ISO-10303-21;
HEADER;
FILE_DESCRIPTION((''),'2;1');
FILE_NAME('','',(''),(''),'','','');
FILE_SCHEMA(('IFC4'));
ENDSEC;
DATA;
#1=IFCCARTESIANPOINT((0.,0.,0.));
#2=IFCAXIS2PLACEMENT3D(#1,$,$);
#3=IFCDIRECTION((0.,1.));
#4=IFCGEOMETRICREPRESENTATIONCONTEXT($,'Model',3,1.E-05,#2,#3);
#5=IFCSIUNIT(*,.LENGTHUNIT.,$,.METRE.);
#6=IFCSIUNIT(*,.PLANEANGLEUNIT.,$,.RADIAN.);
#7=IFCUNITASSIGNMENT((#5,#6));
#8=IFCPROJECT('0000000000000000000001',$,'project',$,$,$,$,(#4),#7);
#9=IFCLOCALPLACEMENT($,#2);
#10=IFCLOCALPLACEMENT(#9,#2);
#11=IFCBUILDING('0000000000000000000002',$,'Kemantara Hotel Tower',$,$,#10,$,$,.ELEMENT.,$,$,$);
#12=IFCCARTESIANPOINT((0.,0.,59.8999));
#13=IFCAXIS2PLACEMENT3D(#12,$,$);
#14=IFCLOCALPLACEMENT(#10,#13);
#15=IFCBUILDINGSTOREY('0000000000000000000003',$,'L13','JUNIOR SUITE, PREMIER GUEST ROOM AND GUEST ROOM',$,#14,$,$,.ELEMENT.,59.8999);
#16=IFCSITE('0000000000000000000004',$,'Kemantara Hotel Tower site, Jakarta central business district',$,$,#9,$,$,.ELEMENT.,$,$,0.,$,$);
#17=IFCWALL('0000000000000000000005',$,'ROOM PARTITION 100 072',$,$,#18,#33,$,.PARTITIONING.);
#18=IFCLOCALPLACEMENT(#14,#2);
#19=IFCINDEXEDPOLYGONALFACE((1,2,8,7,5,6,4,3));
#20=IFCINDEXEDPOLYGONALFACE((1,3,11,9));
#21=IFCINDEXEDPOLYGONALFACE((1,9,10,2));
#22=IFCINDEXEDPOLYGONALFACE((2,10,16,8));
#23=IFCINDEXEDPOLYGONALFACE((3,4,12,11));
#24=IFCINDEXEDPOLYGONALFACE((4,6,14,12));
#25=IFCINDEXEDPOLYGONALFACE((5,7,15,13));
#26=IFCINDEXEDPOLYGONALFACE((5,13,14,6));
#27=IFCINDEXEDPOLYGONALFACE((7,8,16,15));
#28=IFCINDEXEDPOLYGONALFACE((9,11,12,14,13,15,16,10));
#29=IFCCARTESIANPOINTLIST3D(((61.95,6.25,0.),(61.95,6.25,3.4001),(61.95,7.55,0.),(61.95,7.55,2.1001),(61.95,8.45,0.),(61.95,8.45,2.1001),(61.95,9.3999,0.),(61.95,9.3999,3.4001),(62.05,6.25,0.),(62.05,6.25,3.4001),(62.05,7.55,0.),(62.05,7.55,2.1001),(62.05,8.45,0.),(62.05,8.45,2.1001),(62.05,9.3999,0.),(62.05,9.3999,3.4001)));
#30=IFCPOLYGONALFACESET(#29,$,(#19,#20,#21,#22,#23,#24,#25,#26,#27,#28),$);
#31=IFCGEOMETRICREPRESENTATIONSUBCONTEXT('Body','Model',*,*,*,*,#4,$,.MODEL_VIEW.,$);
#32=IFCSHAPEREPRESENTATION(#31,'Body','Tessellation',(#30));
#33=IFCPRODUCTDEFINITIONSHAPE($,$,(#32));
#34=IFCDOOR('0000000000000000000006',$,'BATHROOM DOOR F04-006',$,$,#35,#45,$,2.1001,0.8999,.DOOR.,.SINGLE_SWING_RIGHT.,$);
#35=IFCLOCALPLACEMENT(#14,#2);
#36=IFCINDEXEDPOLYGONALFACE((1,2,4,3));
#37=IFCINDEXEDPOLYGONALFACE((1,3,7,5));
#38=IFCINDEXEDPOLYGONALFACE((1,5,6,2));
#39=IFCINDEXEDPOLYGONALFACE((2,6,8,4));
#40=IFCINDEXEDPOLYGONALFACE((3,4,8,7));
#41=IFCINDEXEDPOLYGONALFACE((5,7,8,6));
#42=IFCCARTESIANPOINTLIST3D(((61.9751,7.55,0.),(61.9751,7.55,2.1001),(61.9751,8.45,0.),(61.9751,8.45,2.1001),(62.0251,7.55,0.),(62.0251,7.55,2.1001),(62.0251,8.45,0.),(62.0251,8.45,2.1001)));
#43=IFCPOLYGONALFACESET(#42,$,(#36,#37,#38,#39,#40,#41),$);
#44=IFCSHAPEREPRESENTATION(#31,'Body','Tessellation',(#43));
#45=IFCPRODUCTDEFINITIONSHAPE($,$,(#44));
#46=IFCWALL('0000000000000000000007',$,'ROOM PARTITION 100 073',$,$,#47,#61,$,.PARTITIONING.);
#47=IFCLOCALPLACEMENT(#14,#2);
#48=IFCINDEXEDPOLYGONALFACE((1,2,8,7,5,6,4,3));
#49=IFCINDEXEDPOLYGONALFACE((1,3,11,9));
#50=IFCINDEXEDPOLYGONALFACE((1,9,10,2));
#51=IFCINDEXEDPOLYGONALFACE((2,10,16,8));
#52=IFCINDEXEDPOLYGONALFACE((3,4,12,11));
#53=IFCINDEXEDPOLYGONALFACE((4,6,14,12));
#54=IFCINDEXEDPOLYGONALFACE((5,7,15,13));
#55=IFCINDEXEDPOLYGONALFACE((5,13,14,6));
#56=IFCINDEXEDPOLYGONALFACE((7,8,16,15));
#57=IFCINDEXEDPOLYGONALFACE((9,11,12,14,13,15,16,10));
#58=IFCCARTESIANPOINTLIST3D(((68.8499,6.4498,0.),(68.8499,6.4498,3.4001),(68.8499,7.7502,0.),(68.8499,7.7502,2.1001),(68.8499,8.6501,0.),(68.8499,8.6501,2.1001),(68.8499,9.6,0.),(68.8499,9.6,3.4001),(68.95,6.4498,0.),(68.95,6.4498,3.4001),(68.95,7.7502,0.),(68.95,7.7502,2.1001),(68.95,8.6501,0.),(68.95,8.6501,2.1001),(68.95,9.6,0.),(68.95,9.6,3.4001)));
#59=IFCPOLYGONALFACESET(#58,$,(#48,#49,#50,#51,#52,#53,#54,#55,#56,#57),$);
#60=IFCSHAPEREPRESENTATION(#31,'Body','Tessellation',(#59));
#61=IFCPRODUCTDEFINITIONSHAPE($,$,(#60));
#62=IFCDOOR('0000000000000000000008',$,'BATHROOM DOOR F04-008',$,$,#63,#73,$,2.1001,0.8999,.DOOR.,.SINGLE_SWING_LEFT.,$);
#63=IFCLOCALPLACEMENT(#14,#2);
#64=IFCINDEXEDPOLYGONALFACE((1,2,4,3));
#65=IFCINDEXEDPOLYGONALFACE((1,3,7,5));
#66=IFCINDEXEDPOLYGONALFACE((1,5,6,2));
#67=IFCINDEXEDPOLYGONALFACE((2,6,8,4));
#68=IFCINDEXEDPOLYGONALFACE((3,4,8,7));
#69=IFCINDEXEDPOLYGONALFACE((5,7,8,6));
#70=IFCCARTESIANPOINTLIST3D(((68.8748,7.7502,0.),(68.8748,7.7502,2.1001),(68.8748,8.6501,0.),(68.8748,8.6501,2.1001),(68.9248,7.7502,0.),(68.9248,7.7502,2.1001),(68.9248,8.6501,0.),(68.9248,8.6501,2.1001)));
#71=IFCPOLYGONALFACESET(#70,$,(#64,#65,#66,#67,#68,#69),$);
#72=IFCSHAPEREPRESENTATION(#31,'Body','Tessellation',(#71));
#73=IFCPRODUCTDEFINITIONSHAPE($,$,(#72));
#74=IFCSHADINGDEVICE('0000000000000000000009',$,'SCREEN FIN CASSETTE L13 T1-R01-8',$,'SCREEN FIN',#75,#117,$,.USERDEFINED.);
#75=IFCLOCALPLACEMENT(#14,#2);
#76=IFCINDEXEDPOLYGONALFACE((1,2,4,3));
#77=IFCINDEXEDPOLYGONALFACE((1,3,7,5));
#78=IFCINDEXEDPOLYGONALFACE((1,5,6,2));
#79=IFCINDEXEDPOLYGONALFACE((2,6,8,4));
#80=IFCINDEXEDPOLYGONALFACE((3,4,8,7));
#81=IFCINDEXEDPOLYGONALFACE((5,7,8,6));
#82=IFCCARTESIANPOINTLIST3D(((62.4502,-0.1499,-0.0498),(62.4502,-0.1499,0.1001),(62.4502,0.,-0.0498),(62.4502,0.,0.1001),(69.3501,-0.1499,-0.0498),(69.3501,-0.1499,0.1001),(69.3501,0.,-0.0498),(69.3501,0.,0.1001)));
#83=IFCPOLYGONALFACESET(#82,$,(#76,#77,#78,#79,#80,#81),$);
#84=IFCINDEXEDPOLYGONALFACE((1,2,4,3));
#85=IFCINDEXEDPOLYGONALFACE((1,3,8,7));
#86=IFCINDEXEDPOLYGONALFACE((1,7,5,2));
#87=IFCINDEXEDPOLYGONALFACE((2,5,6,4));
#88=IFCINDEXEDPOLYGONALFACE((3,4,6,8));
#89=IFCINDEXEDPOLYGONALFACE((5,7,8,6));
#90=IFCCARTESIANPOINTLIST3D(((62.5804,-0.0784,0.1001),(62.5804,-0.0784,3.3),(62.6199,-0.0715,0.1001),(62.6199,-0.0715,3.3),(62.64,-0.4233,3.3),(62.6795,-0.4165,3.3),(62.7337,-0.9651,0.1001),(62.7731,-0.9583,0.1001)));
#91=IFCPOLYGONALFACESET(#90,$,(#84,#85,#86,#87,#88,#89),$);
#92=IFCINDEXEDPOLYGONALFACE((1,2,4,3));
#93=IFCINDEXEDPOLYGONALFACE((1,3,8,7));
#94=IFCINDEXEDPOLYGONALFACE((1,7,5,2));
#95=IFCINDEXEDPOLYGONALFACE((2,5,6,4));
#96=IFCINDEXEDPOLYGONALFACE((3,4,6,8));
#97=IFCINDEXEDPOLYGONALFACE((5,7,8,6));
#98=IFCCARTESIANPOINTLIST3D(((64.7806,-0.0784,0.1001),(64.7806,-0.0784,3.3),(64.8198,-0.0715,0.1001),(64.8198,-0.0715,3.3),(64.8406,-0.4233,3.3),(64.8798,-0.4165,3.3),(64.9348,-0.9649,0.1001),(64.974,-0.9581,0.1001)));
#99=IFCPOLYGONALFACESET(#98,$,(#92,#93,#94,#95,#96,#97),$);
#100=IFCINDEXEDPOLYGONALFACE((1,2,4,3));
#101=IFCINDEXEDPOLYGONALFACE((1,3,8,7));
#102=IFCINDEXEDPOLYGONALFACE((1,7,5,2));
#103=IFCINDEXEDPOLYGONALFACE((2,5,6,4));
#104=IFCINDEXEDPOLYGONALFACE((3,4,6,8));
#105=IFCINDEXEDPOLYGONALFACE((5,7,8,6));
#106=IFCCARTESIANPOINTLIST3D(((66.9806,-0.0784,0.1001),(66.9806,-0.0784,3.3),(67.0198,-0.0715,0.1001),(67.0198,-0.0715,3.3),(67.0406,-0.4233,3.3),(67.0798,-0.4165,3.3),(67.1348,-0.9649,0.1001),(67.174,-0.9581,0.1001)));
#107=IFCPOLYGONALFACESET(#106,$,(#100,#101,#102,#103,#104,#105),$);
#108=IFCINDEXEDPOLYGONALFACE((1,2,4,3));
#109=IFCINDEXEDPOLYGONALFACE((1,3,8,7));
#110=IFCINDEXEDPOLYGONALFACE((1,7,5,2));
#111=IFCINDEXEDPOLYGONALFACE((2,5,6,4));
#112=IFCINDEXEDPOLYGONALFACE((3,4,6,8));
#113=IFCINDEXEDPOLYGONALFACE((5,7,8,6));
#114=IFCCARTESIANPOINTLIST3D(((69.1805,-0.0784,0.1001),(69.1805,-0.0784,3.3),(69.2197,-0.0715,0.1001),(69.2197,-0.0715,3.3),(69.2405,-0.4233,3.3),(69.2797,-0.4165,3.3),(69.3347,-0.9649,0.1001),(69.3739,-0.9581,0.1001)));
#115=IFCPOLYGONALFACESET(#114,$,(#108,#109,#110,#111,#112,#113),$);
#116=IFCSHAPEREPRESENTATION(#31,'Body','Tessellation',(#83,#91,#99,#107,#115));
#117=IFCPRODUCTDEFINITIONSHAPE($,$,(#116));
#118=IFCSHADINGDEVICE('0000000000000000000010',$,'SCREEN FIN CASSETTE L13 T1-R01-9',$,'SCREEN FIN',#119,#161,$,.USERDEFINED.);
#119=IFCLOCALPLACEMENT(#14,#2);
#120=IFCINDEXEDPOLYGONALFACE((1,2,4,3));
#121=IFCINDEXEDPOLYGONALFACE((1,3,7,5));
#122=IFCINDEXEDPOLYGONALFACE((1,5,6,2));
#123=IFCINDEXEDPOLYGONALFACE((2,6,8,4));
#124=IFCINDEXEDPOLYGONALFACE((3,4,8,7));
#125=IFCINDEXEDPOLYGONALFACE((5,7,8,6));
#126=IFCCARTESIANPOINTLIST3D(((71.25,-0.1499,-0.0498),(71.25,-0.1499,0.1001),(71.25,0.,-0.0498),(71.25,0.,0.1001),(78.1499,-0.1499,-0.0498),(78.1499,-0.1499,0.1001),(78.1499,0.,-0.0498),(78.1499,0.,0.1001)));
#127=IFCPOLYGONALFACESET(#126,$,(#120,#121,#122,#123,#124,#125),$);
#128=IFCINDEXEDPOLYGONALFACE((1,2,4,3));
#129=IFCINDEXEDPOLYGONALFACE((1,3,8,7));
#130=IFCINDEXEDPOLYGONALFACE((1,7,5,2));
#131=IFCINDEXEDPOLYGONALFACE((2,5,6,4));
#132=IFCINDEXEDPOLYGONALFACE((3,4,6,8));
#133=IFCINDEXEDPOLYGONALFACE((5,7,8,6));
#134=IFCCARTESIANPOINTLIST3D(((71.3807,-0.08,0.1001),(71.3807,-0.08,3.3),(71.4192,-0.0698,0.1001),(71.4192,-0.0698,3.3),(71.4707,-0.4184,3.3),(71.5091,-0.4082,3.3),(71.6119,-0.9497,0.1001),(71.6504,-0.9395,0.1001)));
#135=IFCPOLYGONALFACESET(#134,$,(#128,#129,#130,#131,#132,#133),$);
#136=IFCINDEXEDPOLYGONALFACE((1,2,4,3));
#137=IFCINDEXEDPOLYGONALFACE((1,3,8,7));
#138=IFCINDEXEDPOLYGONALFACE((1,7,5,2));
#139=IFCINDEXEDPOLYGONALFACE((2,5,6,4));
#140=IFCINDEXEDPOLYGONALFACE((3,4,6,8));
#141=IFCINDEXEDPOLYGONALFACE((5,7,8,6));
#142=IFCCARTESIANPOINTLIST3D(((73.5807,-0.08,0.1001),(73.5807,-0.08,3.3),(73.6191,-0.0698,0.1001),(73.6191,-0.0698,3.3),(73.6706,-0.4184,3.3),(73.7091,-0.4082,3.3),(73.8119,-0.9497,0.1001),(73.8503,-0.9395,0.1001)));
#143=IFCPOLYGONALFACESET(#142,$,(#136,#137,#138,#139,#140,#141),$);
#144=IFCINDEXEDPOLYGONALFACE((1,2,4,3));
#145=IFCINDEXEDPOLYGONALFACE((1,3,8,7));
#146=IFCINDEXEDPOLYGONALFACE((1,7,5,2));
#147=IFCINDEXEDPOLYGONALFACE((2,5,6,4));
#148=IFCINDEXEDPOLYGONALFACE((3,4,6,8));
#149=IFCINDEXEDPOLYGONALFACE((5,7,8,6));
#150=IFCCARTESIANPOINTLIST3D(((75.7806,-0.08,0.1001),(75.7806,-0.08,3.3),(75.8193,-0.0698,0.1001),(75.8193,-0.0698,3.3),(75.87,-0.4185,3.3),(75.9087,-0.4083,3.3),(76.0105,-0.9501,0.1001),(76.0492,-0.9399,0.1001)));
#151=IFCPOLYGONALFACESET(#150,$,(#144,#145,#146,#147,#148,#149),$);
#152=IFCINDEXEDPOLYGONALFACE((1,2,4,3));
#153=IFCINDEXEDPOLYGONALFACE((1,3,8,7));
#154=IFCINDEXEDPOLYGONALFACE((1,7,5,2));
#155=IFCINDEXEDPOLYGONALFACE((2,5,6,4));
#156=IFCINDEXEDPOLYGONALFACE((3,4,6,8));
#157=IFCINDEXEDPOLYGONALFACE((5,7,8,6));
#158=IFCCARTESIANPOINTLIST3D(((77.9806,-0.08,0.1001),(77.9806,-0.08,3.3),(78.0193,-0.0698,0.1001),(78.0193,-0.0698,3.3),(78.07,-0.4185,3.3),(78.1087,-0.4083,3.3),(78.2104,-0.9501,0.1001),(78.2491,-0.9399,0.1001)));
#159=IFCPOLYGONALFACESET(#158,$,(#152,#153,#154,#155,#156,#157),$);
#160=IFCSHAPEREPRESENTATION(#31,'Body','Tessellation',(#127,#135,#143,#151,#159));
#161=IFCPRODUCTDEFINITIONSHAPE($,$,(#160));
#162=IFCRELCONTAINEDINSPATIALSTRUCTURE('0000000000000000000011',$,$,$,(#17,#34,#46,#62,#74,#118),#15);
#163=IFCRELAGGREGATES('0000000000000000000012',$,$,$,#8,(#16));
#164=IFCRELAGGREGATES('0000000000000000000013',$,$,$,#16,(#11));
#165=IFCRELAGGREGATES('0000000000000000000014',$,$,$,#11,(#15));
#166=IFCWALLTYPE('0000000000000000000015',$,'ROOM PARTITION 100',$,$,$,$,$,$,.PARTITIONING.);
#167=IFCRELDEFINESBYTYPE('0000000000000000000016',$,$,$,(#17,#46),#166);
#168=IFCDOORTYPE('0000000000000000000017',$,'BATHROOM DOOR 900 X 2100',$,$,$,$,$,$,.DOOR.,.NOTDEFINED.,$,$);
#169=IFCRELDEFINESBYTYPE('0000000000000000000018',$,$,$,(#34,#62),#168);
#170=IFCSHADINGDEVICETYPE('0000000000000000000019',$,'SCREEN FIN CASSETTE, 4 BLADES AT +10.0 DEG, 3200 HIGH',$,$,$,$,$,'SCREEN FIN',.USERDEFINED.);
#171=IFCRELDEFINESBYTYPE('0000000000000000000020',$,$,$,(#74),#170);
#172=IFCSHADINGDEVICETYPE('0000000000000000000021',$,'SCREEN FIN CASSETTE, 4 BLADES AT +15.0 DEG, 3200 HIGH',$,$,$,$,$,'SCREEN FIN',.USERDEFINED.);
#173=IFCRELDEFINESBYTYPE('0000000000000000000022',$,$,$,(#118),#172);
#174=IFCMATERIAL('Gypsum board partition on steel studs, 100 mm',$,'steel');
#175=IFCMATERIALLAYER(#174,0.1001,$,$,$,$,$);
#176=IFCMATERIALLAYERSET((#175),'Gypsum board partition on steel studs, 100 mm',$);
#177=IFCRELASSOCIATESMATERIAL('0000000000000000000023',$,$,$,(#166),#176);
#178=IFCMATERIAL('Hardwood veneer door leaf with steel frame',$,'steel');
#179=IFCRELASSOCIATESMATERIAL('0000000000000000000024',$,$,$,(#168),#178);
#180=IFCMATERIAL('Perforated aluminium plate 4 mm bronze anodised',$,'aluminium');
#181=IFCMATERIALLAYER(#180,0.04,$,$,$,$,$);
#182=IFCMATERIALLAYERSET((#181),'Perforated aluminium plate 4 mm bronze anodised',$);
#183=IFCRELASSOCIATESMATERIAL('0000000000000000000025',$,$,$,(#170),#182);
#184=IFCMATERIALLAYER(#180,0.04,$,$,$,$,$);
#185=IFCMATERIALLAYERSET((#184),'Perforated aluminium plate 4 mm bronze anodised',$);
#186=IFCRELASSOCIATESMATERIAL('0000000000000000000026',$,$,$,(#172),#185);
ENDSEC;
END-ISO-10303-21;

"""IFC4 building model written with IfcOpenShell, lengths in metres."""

from ifc_helpers import new_model, si_unit, direction, frame, frame_2d, origin, origin_2d, place, context, subcontext, project, spatial, polyline, rectangle, outline, extrude, source, transform, mapped, material, layer, layer_set, type_object, element, fill, save


model = new_model("IFC4")

# Units and contexts
model_context = context("Model", 3, precision=1e-05, world=origin(), true_north=direction((0.0, 1.0)))
body_context = subcontext(model_context, "Body", "Model", "MODEL_VIEW")
ifc_project = project(units=[si_unit("LENGTHUNIT", "METRE"), si_unit("PLANEANGLEUNIT", "RADIAN")], contexts=[model_context])

# Site, building, storey
site_placement = place(None, origin())
site = spatial("IfcSite", under=ifc_project, at=site_placement, Name="Kemantara Hotel Tower site, Jakarta central business district", CompositionType="ELEMENT", RefElevation=0.0)
building_placement = place(site_placement, origin())
building = spatial("IfcBuilding", under=site, at=building_placement, Name="Kemantara Hotel Tower", CompositionType="ELEMENT")
storey_placement = place(building_placement, frame((0.0, 0.0, 59.8999)))
storey = spatial("IfcBuildingStorey", under=building, at=storey_placement, Name="L13", Description="JUNIOR SUITE, PREMIER GUEST ROOM AND GUEST ROOM", CompositionType="ELEMENT", Elevation=59.8999)

# Shared definitions
ifc_material_1 = material(Name="Hardwood veneer door leaf with steel frame", Category="steel")

# Shared definitions
ifc_material_2 = material(Name="Gypsum board partition on steel studs, 100 mm", Category="steel")
ifc_layer_1 = layer(ifc_material_2, 0.1001)
ifc_layer_set_1 = layer_set([ifc_layer_1], Name="Gypsum board partition on steel studs, 100 mm")
wall_type_1 = type_object("IfcWallType", Name="ROOM PARTITION 100", PredefinedType="PARTITIONING", material=ifc_layer_set_1)

# Walls, openings, doors
wall_1_placement = place(storey_placement, frame((62.0, 6.25, 0.0), z_axis=(0.0, 0.0, 1.0), x_axis=(0.0, 1.0, 0.0)))
wall_1 = element("IfcWall", 1, at=wall_1_placement, inside=storey, type_object=wall_type_1, Name="ROOM PARTITION 100 072", PredefinedType="PARTITIONING", context=body_context, shape_type="SweptSolid", body=[
    extrude(rectangle(XDim=3.1499, YDim=0.1001, at=frame_2d((1.575, 0.0))), origin(), (0.0, 0.0, 1.0), 3.4001),
])
opening_1_placement = place(wall_1_placement, frame((1.3, 0.0, 0.0)))
opening_1 = element("IfcOpeningElement", 2, at=opening_1_placement, cuts=wall_1, PredefinedType="OPENING", context=body_context, shape_type="SweptSolid", body=[
    extrude(rectangle(XDim=0.8999, YDim=2.1001, at=frame_2d((0.45, 1.05))), frame((0.0, 0.0601, 0.0), z_axis=(0.0, -1.0, 0.0), x_axis=(1.0, 0.0, 0.0)), (0.0, 0.0, 1.0), 0.1201),
])
door_type_1 = type_object("IfcDoorType", Name="BATHROOM DOOR 900 X 2100", OperationType="NOTDEFINED", PredefinedType="DOOR", material=ifc_material_1)
door_1_placement = place(opening_1_placement, origin())
door_1 = element("IfcDoor", 3, at=door_1_placement, inside=storey, type_object=door_type_1, Name="BATHROOM DOOR F04-006", OperationType="SINGLE_SWING_RIGHT", OverallHeight=2.1001, OverallWidth=0.8999, PredefinedType="DOOR", context=body_context, shape_type="SweptSolid", body=[
    extrude(rectangle(XDim=0.8999, YDim=2.1001, at=frame_2d((0.45, 1.05))), frame((0.0, 0.0249, 0.0), z_axis=(0.0, -1.0, 0.0), x_axis=(1.0, 0.0, 0.0)), (0.0, 0.0, 1.0), 0.05),
])
fill(opening_1, door_1)
wall_2_placement = place(storey_placement, frame((68.8999, 9.6001, 0.0), z_axis=(0.0, 0.0, 1.0), x_axis=(0.0, -1.0, 0.0)))
wall_2 = element("IfcWall", 4, at=wall_2_placement, inside=storey, type_object=wall_type_1, Name="ROOM PARTITION 100 073", PredefinedType="PARTITIONING", context=body_context, shape_type="SweptSolid", body=[
    extrude(rectangle(XDim=3.1501, YDim=0.1001, at=frame_2d((1.5752, 0.0))), origin(), (0.0, 0.0, 1.0), 3.4001),
])
opening_2_placement = place(wall_2_placement, frame((0.95, 0.0, 0.0)))
opening_2 = element("IfcOpeningElement", 5, at=opening_2_placement, cuts=wall_2, PredefinedType="OPENING", context=body_context, shape_type="SweptSolid", body=[
    extrude(rectangle(XDim=0.8999, YDim=2.1001, at=frame_2d((0.45, 1.05))), frame((0.0, 0.0601, 0.0), z_axis=(0.0, -1.0, 0.0), x_axis=(1.0, 0.0, 0.0)), (0.0, 0.0, 1.0), 0.1201),
])
door_2_placement = place(opening_2_placement, origin())
door_2 = element("IfcDoor", 6, at=door_2_placement, inside=storey, type_object=door_type_1, Name="BATHROOM DOOR F04-008", OperationType="SINGLE_SWING_LEFT", OverallHeight=2.1001, OverallWidth=0.8999, PredefinedType="DOOR", context=body_context, shape_type="SweptSolid", body=[
    extrude(rectangle(XDim=0.8999, YDim=2.1001, at=frame_2d((0.45, 1.05))), frame((0.0, 0.0249, 0.0), z_axis=(0.0, -1.0, 0.0), x_axis=(1.0, 0.0, 0.0)), (0.0, 0.0, 1.0), 0.05),
])
fill(opening_2, door_2)

# Shading devices
ifc_material_3 = material(Name="Perforated aluminium plate 4 mm bronze anodised", Category="aluminium")
ifc_layer_2 = layer(ifc_material_3, 0.04)
ifc_layer_set_2 = layer_set([ifc_layer_2], Name="Perforated aluminium plate 4 mm bronze anodised")
shading_device_type_1 = type_object("IfcShadingDeviceType", Name="SCREEN FIN CASSETTE, 4 BLADES AT +10.0 DEG, 3200 HIGH", ElementType="SCREEN FIN", PredefinedType="USERDEFINED", material=ifc_layer_set_2)
shared_shape_1 = source(origin(), body_context, "Body", "SweptSolid", [
    extrude(rectangle(XDim=6.8999, YDim=0.1499, at=origin_2d()), frame((3.3, -0.075, -0.1499), z_axis=(0.0, 0.0, 1.0), x_axis=(1.0, 0.0, 0.0)), (0.0, 0.0, 1.0), 0.1499),
    extrude(outline(polyline([(0.0, 0.0), (0.8999, 0.0), (0.3501, 3.2), (0.0, 3.2), (0.0, 0.0)])), frame((0.0198, -0.0715, 0.0), z_axis=(-0.98539, -0.170314, 0.0), x_axis=(0.170314, -0.98539, 0.0)), (0.0, 0.0, 1.0), 0.04),
    extrude(outline(polyline([(0.0, 0.0), (0.8999, 0.0), (0.3501, 3.2), (0.0, 3.2), (0.0, 0.0)])), frame((2.2197, -0.0715, 0.0), z_axis=(-0.985212, -0.171341, 0.0), x_axis=(0.171341, -0.985212, 0.0)), (0.0, 0.0, 1.0), 0.0398),
    extrude(outline(polyline([(0.0, 0.0), (0.8999, 0.0), (0.3501, 3.2), (0.0, 3.2), (0.0, 0.0)])), frame((4.4197, -0.0715, 0.0), z_axis=(-0.985212, -0.171341, 0.0), x_axis=(0.171341, -0.985212, 0.0)), (0.0, 0.0, 1.0), 0.0398),
    extrude(outline(polyline([(0.0, 0.0), (0.8999, 0.0), (0.3501, 3.2), (0.0, 3.2), (0.0, 0.0)])), frame((6.6196, -0.0715, 0.0), z_axis=(-0.985212, -0.171341, 0.0), x_axis=(0.171341, -0.985212, 0.0)), (0.0, 0.0, 1.0), 0.0398),
])
shading_device_1_placement = place(storey_placement, frame((62.6001, 0.0, 0.1001), z_axis=(0.0, 0.0, 1.0), x_axis=(1.0, 0.0, 0.0)))
element("IfcShadingDevice", 7, at=shading_device_1_placement, inside=storey, type_object=shading_device_type_1, Name="SCREEN FIN CASSETTE L13 T1-R01-8", ObjectType="SCREEN FIN", PredefinedType="USERDEFINED", context=body_context, shape_type="MappedRepresentation", body=[
    mapped(shared_shape_1, transform((0.0, 0.0, 0.0))),
])
ifc_layer_3 = layer(ifc_material_3, 0.04)
ifc_layer_set_3 = layer_set([ifc_layer_3], Name="Perforated aluminium plate 4 mm bronze anodised")
shading_device_type_2 = type_object("IfcShadingDeviceType", Name="SCREEN FIN CASSETTE, 4 BLADES AT +15.0 DEG, 3200 HIGH", ElementType="SCREEN FIN", PredefinedType="USERDEFINED", material=ifc_layer_set_3)
shared_shape_2 = source(origin(), body_context, "Body", "SweptSolid", [
    extrude(rectangle(XDim=6.8999, YDim=0.1499, at=origin_2d()), frame((3.3, -0.075, -0.1499), z_axis=(0.0, 0.0, 1.0), x_axis=(1.0, 0.0, 0.0)), (0.0, 0.0, 1.0), 0.1499),
    extrude(outline(polyline([(0.0, 0.0), (0.8999, 0.0), (0.3501, 3.2), (0.0, 3.2), (0.0, 0.0)])), frame((0.0193, -0.0698, 0.0), z_axis=(-0.966438, -0.256901, 0.0), x_axis=(0.256901, -0.966438, 0.0)), (0.0, 0.0, 1.0), 0.0398),
    extrude(outline(polyline([(0.0, 0.0), (0.8999, 0.0), (0.3501, 3.2), (0.0, 3.2), (0.0, 0.0)])), frame((2.2192, -0.0698, 0.0), z_axis=(-0.966438, -0.256901, 0.0), x_axis=(0.256901, -0.966438, 0.0)), (0.0, 0.0, 1.0), 0.0398),
    extrude(outline(polyline([(0.0, 0.0), (0.8999, 0.0), (0.3501, 3.2), (0.0, 3.2), (0.0, 0.0)])), frame((4.4194, -0.0698, 0.0), z_axis=(-0.966838, -0.255391, 0.0), x_axis=(0.255391, -0.966838, 0.0)), (0.0, 0.0, 1.0), 0.04),
    extrude(outline(polyline([(0.0, 0.0), (0.8999, 0.0), (0.3501, 3.2), (0.0, 3.2), (0.0, 0.0)])), frame((6.6194, -0.0698, 0.0), z_axis=(-0.966838, -0.255391, 0.0), x_axis=(0.255391, -0.966838, 0.0)), (0.0, 0.0, 1.0), 0.04),
])
shading_device_2_placement = place(storey_placement, frame((71.3999, 0.0, 0.1001), z_axis=(0.0, 0.0, 1.0), x_axis=(1.0, 0.0, 0.0)))
element("IfcShadingDevice", 8, at=shading_device_2_placement, inside=storey, type_object=shading_device_type_2, Name="SCREEN FIN CASSETTE L13 T1-R01-9", ObjectType="SCREEN FIN", PredefinedType="USERDEFINED", context=body_context, shape_type="MappedRepresentation", body=[
    mapped(shared_shape_2, transform((0.0, 0.0, 0.0))),
])

save(model, "model.ifc")
